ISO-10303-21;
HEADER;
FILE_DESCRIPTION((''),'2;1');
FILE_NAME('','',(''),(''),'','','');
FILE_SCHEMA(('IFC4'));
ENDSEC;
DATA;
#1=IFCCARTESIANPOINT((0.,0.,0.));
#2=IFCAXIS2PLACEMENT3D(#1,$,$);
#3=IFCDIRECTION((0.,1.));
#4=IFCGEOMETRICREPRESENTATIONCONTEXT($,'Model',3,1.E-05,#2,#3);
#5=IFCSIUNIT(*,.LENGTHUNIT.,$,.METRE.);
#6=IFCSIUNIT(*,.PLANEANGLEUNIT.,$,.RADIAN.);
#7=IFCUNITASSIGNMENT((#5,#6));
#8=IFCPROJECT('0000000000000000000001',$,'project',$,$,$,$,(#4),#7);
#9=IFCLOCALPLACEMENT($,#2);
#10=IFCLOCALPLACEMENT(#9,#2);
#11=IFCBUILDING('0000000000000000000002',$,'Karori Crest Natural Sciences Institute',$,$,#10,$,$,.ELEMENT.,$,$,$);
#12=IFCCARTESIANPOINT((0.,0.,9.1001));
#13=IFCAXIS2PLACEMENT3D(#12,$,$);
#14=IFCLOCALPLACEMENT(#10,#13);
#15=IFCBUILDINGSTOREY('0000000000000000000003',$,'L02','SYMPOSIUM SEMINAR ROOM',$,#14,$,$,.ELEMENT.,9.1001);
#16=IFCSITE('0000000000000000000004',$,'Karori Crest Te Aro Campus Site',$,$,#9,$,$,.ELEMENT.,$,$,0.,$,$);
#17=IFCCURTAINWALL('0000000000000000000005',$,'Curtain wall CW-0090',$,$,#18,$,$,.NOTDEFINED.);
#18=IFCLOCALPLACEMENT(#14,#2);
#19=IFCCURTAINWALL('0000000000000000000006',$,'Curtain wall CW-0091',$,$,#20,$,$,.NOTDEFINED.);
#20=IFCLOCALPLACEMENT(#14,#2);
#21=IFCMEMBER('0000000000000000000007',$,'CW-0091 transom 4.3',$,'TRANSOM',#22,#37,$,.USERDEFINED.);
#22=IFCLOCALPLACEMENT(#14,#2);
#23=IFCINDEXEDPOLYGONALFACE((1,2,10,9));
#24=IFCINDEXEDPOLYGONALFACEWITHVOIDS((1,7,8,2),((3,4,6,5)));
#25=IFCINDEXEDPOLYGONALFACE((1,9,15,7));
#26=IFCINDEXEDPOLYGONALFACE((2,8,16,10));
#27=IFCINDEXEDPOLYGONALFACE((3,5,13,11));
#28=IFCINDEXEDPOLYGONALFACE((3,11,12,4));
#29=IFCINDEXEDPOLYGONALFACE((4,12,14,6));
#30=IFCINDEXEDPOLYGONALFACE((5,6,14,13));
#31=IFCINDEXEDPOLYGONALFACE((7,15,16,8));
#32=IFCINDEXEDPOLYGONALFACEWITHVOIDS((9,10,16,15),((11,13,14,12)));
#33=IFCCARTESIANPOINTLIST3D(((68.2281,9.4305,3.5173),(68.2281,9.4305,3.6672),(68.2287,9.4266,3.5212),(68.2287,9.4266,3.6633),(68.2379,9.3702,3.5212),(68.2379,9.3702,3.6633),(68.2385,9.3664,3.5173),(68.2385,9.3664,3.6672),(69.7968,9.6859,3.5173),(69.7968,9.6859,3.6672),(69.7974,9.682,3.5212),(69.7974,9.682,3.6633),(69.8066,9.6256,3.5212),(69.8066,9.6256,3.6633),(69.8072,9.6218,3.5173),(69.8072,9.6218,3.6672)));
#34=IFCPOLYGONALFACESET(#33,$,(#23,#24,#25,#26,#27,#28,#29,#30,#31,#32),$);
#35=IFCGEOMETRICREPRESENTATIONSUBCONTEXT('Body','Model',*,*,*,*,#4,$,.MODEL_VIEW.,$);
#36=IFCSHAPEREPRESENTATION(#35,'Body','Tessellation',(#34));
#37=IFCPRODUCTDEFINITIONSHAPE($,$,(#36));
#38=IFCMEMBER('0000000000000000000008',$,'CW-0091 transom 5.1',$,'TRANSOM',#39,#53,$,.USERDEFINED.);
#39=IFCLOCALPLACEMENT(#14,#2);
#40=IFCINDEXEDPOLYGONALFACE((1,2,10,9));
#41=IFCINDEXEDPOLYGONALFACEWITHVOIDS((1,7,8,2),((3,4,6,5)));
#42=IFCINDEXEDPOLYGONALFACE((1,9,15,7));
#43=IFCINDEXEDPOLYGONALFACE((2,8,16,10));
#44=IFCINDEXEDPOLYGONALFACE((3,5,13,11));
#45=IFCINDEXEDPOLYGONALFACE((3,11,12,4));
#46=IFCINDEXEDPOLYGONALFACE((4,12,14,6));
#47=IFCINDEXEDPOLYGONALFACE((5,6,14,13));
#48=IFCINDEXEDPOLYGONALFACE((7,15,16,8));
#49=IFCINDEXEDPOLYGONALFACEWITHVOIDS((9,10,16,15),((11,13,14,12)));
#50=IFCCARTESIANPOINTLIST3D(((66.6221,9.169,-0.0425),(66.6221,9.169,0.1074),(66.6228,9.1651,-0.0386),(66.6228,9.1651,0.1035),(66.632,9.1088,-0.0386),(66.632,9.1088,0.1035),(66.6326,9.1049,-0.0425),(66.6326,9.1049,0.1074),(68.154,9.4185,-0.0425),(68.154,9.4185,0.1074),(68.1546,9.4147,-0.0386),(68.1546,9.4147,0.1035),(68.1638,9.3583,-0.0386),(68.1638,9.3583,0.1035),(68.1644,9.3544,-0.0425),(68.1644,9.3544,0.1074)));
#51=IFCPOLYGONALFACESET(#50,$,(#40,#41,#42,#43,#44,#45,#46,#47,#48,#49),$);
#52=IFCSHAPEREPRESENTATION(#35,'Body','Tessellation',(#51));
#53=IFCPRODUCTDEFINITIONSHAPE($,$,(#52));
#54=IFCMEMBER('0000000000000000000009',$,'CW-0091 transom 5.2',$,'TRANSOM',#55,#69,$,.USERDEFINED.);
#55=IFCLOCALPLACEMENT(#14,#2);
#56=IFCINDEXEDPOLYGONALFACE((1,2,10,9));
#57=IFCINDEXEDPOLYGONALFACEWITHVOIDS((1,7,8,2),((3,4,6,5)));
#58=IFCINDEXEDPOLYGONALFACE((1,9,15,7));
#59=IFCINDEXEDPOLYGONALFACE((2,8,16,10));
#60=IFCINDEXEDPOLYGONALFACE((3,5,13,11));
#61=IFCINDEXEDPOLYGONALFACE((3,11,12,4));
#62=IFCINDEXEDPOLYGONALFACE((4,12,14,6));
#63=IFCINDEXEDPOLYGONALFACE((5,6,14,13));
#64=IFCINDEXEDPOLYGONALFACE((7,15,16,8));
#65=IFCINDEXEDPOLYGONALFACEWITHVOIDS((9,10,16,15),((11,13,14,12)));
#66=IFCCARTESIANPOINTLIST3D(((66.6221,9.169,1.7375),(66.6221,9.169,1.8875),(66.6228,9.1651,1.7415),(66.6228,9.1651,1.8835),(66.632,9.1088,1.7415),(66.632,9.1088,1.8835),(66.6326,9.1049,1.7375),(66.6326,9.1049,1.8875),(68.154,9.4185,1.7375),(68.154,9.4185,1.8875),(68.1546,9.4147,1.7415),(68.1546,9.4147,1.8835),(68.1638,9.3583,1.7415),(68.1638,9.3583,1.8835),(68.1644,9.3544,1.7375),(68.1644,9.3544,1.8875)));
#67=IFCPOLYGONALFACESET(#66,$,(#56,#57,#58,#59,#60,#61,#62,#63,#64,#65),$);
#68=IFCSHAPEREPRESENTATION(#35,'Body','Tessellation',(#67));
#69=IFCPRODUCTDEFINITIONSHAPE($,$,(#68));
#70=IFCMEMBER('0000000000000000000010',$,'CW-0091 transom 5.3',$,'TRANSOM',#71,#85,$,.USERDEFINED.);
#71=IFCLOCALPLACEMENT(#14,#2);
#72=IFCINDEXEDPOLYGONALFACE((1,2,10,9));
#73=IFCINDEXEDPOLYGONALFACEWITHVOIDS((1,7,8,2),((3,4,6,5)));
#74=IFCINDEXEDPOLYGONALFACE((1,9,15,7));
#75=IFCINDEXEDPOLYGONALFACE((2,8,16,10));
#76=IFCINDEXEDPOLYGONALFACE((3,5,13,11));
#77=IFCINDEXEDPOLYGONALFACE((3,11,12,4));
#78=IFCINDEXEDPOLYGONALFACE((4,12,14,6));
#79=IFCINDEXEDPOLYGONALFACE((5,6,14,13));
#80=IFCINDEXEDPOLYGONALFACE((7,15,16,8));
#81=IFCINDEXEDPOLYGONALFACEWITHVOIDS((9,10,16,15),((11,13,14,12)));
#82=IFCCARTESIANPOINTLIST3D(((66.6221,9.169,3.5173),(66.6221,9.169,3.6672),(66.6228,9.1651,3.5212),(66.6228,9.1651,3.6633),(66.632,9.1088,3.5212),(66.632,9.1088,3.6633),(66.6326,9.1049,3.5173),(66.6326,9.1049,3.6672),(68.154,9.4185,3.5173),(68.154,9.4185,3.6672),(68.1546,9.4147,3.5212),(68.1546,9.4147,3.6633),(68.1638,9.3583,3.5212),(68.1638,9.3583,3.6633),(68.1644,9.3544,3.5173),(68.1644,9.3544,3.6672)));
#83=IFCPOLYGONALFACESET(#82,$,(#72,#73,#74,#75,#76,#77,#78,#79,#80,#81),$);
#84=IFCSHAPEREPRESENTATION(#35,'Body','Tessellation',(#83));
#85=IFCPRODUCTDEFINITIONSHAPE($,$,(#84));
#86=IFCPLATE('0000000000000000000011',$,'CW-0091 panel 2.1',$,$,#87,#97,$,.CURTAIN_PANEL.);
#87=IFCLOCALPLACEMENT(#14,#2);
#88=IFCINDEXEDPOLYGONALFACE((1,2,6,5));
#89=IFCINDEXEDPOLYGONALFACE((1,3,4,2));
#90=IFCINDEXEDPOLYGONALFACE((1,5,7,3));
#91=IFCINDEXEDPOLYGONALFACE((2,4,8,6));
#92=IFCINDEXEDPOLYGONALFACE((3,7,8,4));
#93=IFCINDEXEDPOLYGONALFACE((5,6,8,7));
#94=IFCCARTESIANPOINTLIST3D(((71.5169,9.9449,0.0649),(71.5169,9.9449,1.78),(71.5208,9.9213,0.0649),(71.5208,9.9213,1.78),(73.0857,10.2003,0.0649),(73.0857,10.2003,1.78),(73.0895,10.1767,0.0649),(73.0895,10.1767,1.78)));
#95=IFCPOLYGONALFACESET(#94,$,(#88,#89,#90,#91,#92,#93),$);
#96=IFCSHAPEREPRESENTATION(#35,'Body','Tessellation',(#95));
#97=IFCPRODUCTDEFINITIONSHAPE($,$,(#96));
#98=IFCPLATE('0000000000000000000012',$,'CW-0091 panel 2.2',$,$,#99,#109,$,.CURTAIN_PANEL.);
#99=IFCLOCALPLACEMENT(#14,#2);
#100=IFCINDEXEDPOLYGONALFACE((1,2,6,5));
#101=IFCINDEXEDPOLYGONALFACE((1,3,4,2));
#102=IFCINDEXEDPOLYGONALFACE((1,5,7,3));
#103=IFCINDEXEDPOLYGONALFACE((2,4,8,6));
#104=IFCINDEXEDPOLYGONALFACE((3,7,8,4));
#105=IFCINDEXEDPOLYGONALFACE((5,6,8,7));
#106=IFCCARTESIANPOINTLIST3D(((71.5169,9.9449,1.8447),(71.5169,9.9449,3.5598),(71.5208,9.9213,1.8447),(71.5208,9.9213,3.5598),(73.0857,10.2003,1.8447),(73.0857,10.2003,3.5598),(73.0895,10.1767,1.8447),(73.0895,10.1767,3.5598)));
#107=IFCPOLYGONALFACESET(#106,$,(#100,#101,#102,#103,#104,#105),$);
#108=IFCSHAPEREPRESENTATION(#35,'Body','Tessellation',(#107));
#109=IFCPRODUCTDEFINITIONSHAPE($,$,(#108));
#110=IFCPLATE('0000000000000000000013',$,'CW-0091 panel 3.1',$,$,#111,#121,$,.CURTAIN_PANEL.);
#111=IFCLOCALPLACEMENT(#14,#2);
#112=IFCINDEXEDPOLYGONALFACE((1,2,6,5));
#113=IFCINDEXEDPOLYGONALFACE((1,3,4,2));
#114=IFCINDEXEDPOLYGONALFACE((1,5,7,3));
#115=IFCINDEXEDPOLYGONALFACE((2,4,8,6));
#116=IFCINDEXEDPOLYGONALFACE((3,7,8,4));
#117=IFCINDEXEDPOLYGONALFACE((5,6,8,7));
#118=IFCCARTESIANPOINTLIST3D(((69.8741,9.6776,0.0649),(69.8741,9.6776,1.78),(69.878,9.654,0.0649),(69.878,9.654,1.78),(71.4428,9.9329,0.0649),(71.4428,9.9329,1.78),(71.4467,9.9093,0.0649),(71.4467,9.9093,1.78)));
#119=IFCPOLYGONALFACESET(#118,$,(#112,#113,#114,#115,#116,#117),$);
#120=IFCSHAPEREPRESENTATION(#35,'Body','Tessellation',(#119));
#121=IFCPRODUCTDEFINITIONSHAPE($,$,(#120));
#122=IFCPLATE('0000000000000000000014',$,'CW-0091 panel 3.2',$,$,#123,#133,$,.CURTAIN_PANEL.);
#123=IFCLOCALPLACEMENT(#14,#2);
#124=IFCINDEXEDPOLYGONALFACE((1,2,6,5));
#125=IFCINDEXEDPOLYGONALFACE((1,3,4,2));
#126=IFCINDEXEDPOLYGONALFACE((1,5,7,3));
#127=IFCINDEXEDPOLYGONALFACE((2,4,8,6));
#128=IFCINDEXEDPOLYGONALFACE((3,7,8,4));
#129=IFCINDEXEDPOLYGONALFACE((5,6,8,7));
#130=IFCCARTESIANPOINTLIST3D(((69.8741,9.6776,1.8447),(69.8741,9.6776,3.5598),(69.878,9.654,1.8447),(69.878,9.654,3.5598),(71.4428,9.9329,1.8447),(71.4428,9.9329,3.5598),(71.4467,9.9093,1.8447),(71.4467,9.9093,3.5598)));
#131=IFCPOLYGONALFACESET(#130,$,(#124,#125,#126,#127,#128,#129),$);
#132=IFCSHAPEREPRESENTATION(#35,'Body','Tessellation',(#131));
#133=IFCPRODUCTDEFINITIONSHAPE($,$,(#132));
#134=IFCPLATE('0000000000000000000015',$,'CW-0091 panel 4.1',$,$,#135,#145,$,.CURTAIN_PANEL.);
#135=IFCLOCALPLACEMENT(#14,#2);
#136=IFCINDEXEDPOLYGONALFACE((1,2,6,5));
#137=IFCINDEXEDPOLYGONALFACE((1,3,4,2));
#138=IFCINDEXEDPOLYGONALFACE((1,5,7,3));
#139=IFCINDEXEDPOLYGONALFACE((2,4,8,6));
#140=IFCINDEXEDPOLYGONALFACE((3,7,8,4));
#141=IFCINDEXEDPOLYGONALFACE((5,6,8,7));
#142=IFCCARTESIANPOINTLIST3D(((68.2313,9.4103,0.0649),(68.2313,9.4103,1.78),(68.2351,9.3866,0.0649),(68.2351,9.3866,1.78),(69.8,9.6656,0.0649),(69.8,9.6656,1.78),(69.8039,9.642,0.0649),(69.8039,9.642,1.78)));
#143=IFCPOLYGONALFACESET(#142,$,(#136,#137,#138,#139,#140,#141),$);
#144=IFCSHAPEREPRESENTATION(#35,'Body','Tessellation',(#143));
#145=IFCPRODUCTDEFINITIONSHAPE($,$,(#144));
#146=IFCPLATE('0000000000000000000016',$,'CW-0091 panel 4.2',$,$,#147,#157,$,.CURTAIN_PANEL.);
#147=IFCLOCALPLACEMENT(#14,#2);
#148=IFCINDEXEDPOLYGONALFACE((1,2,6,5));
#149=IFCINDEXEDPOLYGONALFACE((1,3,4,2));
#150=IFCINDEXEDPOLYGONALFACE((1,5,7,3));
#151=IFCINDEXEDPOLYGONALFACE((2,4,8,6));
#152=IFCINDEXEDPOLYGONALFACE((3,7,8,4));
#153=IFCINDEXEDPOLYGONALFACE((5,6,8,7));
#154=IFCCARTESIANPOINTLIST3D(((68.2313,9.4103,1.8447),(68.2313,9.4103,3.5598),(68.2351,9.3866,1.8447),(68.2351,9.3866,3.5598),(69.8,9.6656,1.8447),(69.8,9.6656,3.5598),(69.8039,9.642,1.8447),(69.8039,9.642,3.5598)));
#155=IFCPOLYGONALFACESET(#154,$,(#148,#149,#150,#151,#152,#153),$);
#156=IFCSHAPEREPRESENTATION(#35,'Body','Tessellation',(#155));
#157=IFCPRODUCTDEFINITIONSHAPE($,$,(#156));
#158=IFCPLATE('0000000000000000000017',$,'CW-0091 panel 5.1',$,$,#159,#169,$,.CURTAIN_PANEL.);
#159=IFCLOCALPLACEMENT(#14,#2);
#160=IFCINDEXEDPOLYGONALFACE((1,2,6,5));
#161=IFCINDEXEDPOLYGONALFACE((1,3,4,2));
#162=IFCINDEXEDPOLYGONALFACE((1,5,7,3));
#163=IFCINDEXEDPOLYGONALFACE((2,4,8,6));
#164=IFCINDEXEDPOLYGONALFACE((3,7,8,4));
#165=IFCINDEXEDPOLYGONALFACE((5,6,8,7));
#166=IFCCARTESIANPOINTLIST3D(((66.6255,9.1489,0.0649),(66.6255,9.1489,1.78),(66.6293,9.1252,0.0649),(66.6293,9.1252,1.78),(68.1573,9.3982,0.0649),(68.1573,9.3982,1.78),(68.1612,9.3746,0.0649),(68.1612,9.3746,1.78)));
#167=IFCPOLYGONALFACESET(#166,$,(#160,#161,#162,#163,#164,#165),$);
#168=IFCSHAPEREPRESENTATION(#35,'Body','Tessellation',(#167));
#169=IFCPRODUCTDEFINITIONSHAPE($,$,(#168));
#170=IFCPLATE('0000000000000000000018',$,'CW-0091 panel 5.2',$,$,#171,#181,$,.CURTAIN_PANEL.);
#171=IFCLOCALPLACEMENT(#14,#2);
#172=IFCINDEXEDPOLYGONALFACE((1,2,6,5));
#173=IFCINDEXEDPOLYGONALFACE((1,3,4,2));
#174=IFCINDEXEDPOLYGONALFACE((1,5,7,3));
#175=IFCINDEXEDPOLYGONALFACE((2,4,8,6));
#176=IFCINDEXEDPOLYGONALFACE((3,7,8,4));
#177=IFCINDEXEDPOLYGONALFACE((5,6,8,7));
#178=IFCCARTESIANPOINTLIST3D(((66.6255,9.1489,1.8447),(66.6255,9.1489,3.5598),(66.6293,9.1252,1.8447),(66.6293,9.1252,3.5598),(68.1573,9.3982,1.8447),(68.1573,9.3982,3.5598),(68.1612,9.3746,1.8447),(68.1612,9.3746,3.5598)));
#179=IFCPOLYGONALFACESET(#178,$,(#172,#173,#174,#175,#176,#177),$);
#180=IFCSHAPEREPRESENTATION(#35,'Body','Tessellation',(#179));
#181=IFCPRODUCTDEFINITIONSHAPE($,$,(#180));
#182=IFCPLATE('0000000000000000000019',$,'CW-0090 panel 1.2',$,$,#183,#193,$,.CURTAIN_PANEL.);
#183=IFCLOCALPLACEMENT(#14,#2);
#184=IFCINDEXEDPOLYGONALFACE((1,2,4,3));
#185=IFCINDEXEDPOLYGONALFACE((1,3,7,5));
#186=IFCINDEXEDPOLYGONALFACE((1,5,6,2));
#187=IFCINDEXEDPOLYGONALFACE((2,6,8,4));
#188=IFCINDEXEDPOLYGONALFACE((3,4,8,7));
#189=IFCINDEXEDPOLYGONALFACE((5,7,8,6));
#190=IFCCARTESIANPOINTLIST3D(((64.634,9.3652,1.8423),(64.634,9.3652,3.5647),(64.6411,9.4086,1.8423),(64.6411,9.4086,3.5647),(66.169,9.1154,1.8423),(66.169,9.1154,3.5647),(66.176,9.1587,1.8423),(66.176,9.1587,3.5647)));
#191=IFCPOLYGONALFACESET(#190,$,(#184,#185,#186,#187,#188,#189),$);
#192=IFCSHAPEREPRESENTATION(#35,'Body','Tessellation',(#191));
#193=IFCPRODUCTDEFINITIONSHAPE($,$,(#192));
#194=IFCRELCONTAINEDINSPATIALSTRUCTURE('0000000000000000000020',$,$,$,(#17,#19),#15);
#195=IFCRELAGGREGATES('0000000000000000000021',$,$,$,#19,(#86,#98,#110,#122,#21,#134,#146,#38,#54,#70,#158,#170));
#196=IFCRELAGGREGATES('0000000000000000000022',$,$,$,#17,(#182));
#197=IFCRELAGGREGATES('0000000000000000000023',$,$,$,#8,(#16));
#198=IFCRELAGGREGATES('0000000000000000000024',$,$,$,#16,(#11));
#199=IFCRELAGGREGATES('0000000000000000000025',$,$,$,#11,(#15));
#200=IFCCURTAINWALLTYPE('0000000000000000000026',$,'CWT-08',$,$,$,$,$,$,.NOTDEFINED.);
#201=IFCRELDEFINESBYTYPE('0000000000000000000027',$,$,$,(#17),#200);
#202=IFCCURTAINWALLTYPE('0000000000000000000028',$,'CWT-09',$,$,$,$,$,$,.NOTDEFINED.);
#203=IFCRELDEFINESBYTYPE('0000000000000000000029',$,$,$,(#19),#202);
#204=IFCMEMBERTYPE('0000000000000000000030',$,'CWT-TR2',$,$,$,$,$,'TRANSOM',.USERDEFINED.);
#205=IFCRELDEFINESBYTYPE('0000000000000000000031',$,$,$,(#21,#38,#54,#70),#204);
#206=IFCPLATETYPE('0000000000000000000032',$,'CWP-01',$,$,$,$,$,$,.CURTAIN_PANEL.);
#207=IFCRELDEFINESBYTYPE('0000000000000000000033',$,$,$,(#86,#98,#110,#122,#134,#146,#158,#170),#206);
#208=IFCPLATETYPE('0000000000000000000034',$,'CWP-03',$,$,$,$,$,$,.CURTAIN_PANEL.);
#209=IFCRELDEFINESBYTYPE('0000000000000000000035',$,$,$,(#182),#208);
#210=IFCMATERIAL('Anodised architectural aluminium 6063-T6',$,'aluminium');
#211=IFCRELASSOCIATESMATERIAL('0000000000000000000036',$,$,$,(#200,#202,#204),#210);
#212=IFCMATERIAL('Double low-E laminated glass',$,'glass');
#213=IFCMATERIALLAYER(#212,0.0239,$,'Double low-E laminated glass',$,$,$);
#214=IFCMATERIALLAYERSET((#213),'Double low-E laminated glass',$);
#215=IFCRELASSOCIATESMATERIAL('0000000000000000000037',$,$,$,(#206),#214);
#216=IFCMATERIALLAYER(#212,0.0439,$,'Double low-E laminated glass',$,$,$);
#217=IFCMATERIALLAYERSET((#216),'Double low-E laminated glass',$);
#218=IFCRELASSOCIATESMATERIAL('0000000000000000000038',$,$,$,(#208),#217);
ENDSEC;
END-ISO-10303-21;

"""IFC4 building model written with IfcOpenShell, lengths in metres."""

from ifc_helpers import new_model, si_unit, direction, frame, origin, origin_2d, place, context, subcontext, project, spatial, rectangle, hollow_rectangle, extrude, material, layer, layer_set, material_profile, profile_set, type_object, element, aggregate, save


model = new_model("IFC4")

# Units and contexts
model_context = context("Model", 3, precision=1e-05, world=origin(), true_north=direction((0.0, 1.0)))
body_context = subcontext(model_context, "Body", "Model", "MODEL_VIEW")
ifc_project = project(units=[si_unit("LENGTHUNIT", "METRE"), si_unit("PLANEANGLEUNIT", "RADIAN")], contexts=[model_context])

# Site, building, storey
site_placement = place(None, origin())
site = spatial("IfcSite", under=ifc_project, at=site_placement, Name="Karori Crest Te Aro Campus Site", CompositionType="ELEMENT", RefElevation=0.0)
building_placement = place(site_placement, origin())
building = spatial("IfcBuilding", under=site, at=building_placement, Name="Karori Crest Natural Sciences Institute", CompositionType="ELEMENT")
storey_placement = place(building_placement, frame((0.0, 0.0, 9.1001)))
storey = spatial("IfcBuildingStorey", under=building, at=storey_placement, Name="L02", Description="SYMPOSIUM SEMINAR ROOM", CompositionType="ELEMENT", Elevation=9.1001)

# Curtain wall
ifc_material_1 = material(Name="Anodised architectural aluminium 6063-T6", Category="aluminium")
curtain_wall_type_1 = type_object("IfcCurtainWallType", Name="CWT-08", PredefinedType="NOTDEFINED", material=ifc_material_1)
curtain_wall_1_placement = place(storey_placement, origin())
curtain_wall_1 = element("IfcCurtainWall", 1, at=curtain_wall_1_placement, inside=storey, type_object=curtain_wall_type_1, Name="Curtain wall CW-0090", PredefinedType="NOTDEFINED")

# Curtain wall
curtain_wall_type_2 = type_object("IfcCurtainWallType", Name="CWT-09", PredefinedType="NOTDEFINED", material=ifc_material_1)
curtain_wall_2_placement = place(storey_placement, origin())
curtain_wall_2 = element("IfcCurtainWall", 2, at=curtain_wall_2_placement, inside=storey, type_object=curtain_wall_type_2, Name="Curtain wall CW-0091", PredefinedType="NOTDEFINED")

# Members
ifc_material_profile_1 = material_profile(ifc_material_1, hollow_rectangle(XDim=0.0649, YDim=0.1499, WallThickness=0.0039, at=origin_2d()), Name="CWT150x65x4")
ifc_profile_set_1 = profile_set([ifc_material_profile_1], Name="Anodised architectural aluminium 6063-T6")
member_type_1 = type_object("IfcMemberType", Name="CWT-TR2", ElementType="TRANSOM", PredefinedType="USERDEFINED", material=ifc_profile_set_1)
member_1_placement = place(storey_placement, frame((69.802, 9.6538, 3.5923), z_axis=(-0.987006, -0.160686, 0.0), x_axis=(0.160686, -0.987006, 0.0)))
member_1 = element("IfcMember", 3, at=member_1_placement, type_object=member_type_1, Name="CW-0091 transom 4.3", ObjectType="TRANSOM", PredefinedType="USERDEFINED", context=body_context, shape_type="SweptSolid", body=[
    extrude(hollow_rectangle(XDim=0.0649, YDim=0.1499, WallThickness=0.0039, at=origin_2d()), origin(), (0.0, 0.0, 1.0), 1.5894),
])
member_2_placement = place(storey_placement, frame((68.1592, 9.3865, 0.0325), z_axis=(-0.986991, -0.160775, 0.0), x_axis=(0.160775, -0.986991, 0.0)))
member_2 = element("IfcMember", 4, at=member_2_placement, type_object=member_type_1, Name="CW-0091 transom 5.1", ObjectType="TRANSOM", PredefinedType="USERDEFINED", context=body_context, shape_type="SweptSolid", body=[
    extrude(hollow_rectangle(XDim=0.0649, YDim=0.1499, WallThickness=0.0039, at=origin_2d()), origin(), (0.0, 0.0, 1.0), 1.552),
])
member_3_placement = place(storey_placement, frame((68.1592, 9.3865, 1.8125), z_axis=(-0.986991, -0.160775, 0.0), x_axis=(0.160775, -0.986991, 0.0)))
member_3 = element("IfcMember", 5, at=member_3_placement, type_object=member_type_1, Name="CW-0091 transom 5.2", ObjectType="TRANSOM", PredefinedType="USERDEFINED", context=body_context, shape_type="SweptSolid", body=[
    extrude(hollow_rectangle(XDim=0.0649, YDim=0.1499, WallThickness=0.0039, at=origin_2d()), origin(), (0.0, 0.0, 1.0), 1.552),
])
member_4_placement = place(storey_placement, frame((68.1592, 9.3865, 3.5923), z_axis=(-0.986991, -0.160775, 0.0), x_axis=(0.160775, -0.986991, 0.0)))
member_4 = element("IfcMember", 6, at=member_4_placement, type_object=member_type_1, Name="CW-0091 transom 5.3", ObjectType="TRANSOM", PredefinedType="USERDEFINED", context=body_context, shape_type="SweptSolid", body=[
    extrude(hollow_rectangle(XDim=0.0649, YDim=0.1499, WallThickness=0.0039, at=origin_2d()), origin(), (0.0, 0.0, 1.0), 1.552),
])

# Plates
ifc_material_2 = material(Name="Double low-E laminated glass", Category="glass")
ifc_layer_1 = layer(ifc_material_2, 0.0239, Name="Double low-E laminated glass")
ifc_layer_set_1 = layer_set([ifc_layer_1], Name="Double low-E laminated glass")
plate_type_1 = type_object("IfcPlateType", Name="CWP-01", PredefinedType="CURTAIN_PANEL", material=ifc_layer_set_1)
plate_1_placement = place(storey_placement, frame((72.3032, 10.0608, 0.0649), z_axis=(0.0, 0.0, 1.0), x_axis=(-0.98701, -0.160657, 0.0)))
plate_1 = element("IfcPlate", 7, at=plate_1_placement, type_object=plate_type_1, Name="CW-0091 panel 2.1", PredefinedType="CURTAIN_PANEL", context=body_context, shape_type="SweptSolid", body=[
    extrude(rectangle(XDim=1.5894, YDim=0.0239, at=origin_2d()), origin(), (0.0, 0.0, 1.0), 1.7151),
])
plate_2_placement = place(storey_placement, frame((72.3032, 10.0608, 1.8447), z_axis=(0.0, 0.0, 1.0), x_axis=(-0.98701, -0.160657, 0.0)))
plate_2 = element("IfcPlate", 8, at=plate_2_placement, type_object=plate_type_1, Name="CW-0091 panel 2.2", PredefinedType="CURTAIN_PANEL", context=body_context, shape_type="SweptSolid", body=[
    extrude(rectangle(XDim=1.5894, YDim=0.0239, at=origin_2d()), origin(), (0.0, 0.0, 1.0), 1.7151),
])
plate_3_placement = place(storey_placement, frame((70.6604, 9.7935, 0.0649), z_axis=(0.0, 0.0, 1.0), x_axis=(-0.98701, -0.160657, 0.0)))
plate_3 = element("IfcPlate", 9, at=plate_3_placement, type_object=plate_type_1, Name="CW-0091 panel 3.1", PredefinedType="CURTAIN_PANEL", context=body_context, shape_type="SweptSolid", body=[
    extrude(rectangle(XDim=1.5894, YDim=0.0239, at=origin_2d()), origin(), (0.0, 0.0, 1.0), 1.7151),
])
plate_4_placement = place(storey_placement, frame((70.6604, 9.7935, 1.8447), z_axis=(0.0, 0.0, 1.0), x_axis=(-0.98701, -0.160657, 0.0)))
plate_4 = element("IfcPlate", 10, at=plate_4_placement, type_object=plate_type_1, Name="CW-0091 panel 3.2", PredefinedType="CURTAIN_PANEL", context=body_context, shape_type="SweptSolid", body=[
    extrude(rectangle(XDim=1.5894, YDim=0.0239, at=origin_2d()), origin(), (0.0, 0.0, 1.0), 1.7151),
])
plate_5_placement = place(storey_placement, frame((69.0176, 9.5261, 0.0649), z_axis=(0.0, 0.0, 1.0), x_axis=(-0.98701, -0.160657, 0.0)))
plate_5 = element("IfcPlate", 11, at=plate_5_placement, type_object=plate_type_1, Name="CW-0091 panel 4.1", PredefinedType="CURTAIN_PANEL", context=body_context, shape_type="SweptSolid", body=[
    extrude(rectangle(XDim=1.5894, YDim=0.0239, at=origin_2d()), origin(), (0.0, 0.0, 1.0), 1.7151),
])
plate_6_placement = place(storey_placement, frame((69.0176, 9.5261, 1.8447), z_axis=(0.0, 0.0, 1.0), x_axis=(-0.98701, -0.160657, 0.0)))
plate_6 = element("IfcPlate", 12, at=plate_6_placement, type_object=plate_type_1, Name="CW-0091 panel 4.2", PredefinedType="CURTAIN_PANEL", context=body_context, shape_type="SweptSolid", body=[
    extrude(rectangle(XDim=1.5894, YDim=0.0239, at=origin_2d()), origin(), (0.0, 0.0, 1.0), 1.7151),
])
plate_7_placement = place(storey_placement, frame((67.3933, 9.2617, 0.0649), z_axis=(0.0, 0.0, 1.0), x_axis=(-0.98701, -0.160657, 0.0)))
plate_7 = element("IfcPlate", 13, at=plate_7_placement, type_object=plate_type_1, Name="CW-0091 panel 5.1", PredefinedType="CURTAIN_PANEL", context=body_context, shape_type="SweptSolid", body=[
    extrude(rectangle(XDim=1.552, YDim=0.0239, at=origin_2d()), origin(), (0.0, 0.0, 1.0), 1.7151),
])
plate_8_placement = place(storey_placement, frame((67.3933, 9.2617, 1.8447), z_axis=(0.0, 0.0, 1.0), x_axis=(-0.98701, -0.160657, 0.0)))
plate_8 = element("IfcPlate", 14, at=plate_8_placement, type_object=plate_type_1, Name="CW-0091 panel 5.2", PredefinedType="CURTAIN_PANEL", context=body_context, shape_type="SweptSolid", body=[
    extrude(rectangle(XDim=1.552, YDim=0.0239, at=origin_2d()), origin(), (0.0, 0.0, 1.0), 1.7151),
])
aggregate(curtain_wall_2, [plate_1, plate_2, plate_3, plate_4, member_1, plate_5, plate_6, member_2, member_3, member_4, plate_7, plate_8])
ifc_layer_2 = layer(ifc_material_2, 0.0439, Name="Double low-E laminated glass")
ifc_layer_set_2 = layer_set([ifc_layer_2], Name="Double low-E laminated glass")
plate_type_2 = type_object("IfcPlateType", Name="CWP-03", PredefinedType="CURTAIN_PANEL", material=ifc_layer_set_2)
plate_9_placement = place(storey_placement, frame((65.405, 9.262, 1.8423), z_axis=(0.0, 0.0, 1.0), x_axis=(-0.987011, 0.160652, 0.0)))
plate_9 = element("IfcPlate", 15, at=plate_9_placement, type_object=plate_type_2, Name="CW-0090 panel 1.2", PredefinedType="CURTAIN_PANEL", context=body_context, shape_type="SweptSolid", body=[
    extrude(rectangle(XDim=1.5552, YDim=0.0439, at=origin_2d()), origin(), (0.0, 0.0, 1.0), 1.7224),
])
aggregate(curtain_wall_1, [plate_9])

save(model, "model.ifc")
